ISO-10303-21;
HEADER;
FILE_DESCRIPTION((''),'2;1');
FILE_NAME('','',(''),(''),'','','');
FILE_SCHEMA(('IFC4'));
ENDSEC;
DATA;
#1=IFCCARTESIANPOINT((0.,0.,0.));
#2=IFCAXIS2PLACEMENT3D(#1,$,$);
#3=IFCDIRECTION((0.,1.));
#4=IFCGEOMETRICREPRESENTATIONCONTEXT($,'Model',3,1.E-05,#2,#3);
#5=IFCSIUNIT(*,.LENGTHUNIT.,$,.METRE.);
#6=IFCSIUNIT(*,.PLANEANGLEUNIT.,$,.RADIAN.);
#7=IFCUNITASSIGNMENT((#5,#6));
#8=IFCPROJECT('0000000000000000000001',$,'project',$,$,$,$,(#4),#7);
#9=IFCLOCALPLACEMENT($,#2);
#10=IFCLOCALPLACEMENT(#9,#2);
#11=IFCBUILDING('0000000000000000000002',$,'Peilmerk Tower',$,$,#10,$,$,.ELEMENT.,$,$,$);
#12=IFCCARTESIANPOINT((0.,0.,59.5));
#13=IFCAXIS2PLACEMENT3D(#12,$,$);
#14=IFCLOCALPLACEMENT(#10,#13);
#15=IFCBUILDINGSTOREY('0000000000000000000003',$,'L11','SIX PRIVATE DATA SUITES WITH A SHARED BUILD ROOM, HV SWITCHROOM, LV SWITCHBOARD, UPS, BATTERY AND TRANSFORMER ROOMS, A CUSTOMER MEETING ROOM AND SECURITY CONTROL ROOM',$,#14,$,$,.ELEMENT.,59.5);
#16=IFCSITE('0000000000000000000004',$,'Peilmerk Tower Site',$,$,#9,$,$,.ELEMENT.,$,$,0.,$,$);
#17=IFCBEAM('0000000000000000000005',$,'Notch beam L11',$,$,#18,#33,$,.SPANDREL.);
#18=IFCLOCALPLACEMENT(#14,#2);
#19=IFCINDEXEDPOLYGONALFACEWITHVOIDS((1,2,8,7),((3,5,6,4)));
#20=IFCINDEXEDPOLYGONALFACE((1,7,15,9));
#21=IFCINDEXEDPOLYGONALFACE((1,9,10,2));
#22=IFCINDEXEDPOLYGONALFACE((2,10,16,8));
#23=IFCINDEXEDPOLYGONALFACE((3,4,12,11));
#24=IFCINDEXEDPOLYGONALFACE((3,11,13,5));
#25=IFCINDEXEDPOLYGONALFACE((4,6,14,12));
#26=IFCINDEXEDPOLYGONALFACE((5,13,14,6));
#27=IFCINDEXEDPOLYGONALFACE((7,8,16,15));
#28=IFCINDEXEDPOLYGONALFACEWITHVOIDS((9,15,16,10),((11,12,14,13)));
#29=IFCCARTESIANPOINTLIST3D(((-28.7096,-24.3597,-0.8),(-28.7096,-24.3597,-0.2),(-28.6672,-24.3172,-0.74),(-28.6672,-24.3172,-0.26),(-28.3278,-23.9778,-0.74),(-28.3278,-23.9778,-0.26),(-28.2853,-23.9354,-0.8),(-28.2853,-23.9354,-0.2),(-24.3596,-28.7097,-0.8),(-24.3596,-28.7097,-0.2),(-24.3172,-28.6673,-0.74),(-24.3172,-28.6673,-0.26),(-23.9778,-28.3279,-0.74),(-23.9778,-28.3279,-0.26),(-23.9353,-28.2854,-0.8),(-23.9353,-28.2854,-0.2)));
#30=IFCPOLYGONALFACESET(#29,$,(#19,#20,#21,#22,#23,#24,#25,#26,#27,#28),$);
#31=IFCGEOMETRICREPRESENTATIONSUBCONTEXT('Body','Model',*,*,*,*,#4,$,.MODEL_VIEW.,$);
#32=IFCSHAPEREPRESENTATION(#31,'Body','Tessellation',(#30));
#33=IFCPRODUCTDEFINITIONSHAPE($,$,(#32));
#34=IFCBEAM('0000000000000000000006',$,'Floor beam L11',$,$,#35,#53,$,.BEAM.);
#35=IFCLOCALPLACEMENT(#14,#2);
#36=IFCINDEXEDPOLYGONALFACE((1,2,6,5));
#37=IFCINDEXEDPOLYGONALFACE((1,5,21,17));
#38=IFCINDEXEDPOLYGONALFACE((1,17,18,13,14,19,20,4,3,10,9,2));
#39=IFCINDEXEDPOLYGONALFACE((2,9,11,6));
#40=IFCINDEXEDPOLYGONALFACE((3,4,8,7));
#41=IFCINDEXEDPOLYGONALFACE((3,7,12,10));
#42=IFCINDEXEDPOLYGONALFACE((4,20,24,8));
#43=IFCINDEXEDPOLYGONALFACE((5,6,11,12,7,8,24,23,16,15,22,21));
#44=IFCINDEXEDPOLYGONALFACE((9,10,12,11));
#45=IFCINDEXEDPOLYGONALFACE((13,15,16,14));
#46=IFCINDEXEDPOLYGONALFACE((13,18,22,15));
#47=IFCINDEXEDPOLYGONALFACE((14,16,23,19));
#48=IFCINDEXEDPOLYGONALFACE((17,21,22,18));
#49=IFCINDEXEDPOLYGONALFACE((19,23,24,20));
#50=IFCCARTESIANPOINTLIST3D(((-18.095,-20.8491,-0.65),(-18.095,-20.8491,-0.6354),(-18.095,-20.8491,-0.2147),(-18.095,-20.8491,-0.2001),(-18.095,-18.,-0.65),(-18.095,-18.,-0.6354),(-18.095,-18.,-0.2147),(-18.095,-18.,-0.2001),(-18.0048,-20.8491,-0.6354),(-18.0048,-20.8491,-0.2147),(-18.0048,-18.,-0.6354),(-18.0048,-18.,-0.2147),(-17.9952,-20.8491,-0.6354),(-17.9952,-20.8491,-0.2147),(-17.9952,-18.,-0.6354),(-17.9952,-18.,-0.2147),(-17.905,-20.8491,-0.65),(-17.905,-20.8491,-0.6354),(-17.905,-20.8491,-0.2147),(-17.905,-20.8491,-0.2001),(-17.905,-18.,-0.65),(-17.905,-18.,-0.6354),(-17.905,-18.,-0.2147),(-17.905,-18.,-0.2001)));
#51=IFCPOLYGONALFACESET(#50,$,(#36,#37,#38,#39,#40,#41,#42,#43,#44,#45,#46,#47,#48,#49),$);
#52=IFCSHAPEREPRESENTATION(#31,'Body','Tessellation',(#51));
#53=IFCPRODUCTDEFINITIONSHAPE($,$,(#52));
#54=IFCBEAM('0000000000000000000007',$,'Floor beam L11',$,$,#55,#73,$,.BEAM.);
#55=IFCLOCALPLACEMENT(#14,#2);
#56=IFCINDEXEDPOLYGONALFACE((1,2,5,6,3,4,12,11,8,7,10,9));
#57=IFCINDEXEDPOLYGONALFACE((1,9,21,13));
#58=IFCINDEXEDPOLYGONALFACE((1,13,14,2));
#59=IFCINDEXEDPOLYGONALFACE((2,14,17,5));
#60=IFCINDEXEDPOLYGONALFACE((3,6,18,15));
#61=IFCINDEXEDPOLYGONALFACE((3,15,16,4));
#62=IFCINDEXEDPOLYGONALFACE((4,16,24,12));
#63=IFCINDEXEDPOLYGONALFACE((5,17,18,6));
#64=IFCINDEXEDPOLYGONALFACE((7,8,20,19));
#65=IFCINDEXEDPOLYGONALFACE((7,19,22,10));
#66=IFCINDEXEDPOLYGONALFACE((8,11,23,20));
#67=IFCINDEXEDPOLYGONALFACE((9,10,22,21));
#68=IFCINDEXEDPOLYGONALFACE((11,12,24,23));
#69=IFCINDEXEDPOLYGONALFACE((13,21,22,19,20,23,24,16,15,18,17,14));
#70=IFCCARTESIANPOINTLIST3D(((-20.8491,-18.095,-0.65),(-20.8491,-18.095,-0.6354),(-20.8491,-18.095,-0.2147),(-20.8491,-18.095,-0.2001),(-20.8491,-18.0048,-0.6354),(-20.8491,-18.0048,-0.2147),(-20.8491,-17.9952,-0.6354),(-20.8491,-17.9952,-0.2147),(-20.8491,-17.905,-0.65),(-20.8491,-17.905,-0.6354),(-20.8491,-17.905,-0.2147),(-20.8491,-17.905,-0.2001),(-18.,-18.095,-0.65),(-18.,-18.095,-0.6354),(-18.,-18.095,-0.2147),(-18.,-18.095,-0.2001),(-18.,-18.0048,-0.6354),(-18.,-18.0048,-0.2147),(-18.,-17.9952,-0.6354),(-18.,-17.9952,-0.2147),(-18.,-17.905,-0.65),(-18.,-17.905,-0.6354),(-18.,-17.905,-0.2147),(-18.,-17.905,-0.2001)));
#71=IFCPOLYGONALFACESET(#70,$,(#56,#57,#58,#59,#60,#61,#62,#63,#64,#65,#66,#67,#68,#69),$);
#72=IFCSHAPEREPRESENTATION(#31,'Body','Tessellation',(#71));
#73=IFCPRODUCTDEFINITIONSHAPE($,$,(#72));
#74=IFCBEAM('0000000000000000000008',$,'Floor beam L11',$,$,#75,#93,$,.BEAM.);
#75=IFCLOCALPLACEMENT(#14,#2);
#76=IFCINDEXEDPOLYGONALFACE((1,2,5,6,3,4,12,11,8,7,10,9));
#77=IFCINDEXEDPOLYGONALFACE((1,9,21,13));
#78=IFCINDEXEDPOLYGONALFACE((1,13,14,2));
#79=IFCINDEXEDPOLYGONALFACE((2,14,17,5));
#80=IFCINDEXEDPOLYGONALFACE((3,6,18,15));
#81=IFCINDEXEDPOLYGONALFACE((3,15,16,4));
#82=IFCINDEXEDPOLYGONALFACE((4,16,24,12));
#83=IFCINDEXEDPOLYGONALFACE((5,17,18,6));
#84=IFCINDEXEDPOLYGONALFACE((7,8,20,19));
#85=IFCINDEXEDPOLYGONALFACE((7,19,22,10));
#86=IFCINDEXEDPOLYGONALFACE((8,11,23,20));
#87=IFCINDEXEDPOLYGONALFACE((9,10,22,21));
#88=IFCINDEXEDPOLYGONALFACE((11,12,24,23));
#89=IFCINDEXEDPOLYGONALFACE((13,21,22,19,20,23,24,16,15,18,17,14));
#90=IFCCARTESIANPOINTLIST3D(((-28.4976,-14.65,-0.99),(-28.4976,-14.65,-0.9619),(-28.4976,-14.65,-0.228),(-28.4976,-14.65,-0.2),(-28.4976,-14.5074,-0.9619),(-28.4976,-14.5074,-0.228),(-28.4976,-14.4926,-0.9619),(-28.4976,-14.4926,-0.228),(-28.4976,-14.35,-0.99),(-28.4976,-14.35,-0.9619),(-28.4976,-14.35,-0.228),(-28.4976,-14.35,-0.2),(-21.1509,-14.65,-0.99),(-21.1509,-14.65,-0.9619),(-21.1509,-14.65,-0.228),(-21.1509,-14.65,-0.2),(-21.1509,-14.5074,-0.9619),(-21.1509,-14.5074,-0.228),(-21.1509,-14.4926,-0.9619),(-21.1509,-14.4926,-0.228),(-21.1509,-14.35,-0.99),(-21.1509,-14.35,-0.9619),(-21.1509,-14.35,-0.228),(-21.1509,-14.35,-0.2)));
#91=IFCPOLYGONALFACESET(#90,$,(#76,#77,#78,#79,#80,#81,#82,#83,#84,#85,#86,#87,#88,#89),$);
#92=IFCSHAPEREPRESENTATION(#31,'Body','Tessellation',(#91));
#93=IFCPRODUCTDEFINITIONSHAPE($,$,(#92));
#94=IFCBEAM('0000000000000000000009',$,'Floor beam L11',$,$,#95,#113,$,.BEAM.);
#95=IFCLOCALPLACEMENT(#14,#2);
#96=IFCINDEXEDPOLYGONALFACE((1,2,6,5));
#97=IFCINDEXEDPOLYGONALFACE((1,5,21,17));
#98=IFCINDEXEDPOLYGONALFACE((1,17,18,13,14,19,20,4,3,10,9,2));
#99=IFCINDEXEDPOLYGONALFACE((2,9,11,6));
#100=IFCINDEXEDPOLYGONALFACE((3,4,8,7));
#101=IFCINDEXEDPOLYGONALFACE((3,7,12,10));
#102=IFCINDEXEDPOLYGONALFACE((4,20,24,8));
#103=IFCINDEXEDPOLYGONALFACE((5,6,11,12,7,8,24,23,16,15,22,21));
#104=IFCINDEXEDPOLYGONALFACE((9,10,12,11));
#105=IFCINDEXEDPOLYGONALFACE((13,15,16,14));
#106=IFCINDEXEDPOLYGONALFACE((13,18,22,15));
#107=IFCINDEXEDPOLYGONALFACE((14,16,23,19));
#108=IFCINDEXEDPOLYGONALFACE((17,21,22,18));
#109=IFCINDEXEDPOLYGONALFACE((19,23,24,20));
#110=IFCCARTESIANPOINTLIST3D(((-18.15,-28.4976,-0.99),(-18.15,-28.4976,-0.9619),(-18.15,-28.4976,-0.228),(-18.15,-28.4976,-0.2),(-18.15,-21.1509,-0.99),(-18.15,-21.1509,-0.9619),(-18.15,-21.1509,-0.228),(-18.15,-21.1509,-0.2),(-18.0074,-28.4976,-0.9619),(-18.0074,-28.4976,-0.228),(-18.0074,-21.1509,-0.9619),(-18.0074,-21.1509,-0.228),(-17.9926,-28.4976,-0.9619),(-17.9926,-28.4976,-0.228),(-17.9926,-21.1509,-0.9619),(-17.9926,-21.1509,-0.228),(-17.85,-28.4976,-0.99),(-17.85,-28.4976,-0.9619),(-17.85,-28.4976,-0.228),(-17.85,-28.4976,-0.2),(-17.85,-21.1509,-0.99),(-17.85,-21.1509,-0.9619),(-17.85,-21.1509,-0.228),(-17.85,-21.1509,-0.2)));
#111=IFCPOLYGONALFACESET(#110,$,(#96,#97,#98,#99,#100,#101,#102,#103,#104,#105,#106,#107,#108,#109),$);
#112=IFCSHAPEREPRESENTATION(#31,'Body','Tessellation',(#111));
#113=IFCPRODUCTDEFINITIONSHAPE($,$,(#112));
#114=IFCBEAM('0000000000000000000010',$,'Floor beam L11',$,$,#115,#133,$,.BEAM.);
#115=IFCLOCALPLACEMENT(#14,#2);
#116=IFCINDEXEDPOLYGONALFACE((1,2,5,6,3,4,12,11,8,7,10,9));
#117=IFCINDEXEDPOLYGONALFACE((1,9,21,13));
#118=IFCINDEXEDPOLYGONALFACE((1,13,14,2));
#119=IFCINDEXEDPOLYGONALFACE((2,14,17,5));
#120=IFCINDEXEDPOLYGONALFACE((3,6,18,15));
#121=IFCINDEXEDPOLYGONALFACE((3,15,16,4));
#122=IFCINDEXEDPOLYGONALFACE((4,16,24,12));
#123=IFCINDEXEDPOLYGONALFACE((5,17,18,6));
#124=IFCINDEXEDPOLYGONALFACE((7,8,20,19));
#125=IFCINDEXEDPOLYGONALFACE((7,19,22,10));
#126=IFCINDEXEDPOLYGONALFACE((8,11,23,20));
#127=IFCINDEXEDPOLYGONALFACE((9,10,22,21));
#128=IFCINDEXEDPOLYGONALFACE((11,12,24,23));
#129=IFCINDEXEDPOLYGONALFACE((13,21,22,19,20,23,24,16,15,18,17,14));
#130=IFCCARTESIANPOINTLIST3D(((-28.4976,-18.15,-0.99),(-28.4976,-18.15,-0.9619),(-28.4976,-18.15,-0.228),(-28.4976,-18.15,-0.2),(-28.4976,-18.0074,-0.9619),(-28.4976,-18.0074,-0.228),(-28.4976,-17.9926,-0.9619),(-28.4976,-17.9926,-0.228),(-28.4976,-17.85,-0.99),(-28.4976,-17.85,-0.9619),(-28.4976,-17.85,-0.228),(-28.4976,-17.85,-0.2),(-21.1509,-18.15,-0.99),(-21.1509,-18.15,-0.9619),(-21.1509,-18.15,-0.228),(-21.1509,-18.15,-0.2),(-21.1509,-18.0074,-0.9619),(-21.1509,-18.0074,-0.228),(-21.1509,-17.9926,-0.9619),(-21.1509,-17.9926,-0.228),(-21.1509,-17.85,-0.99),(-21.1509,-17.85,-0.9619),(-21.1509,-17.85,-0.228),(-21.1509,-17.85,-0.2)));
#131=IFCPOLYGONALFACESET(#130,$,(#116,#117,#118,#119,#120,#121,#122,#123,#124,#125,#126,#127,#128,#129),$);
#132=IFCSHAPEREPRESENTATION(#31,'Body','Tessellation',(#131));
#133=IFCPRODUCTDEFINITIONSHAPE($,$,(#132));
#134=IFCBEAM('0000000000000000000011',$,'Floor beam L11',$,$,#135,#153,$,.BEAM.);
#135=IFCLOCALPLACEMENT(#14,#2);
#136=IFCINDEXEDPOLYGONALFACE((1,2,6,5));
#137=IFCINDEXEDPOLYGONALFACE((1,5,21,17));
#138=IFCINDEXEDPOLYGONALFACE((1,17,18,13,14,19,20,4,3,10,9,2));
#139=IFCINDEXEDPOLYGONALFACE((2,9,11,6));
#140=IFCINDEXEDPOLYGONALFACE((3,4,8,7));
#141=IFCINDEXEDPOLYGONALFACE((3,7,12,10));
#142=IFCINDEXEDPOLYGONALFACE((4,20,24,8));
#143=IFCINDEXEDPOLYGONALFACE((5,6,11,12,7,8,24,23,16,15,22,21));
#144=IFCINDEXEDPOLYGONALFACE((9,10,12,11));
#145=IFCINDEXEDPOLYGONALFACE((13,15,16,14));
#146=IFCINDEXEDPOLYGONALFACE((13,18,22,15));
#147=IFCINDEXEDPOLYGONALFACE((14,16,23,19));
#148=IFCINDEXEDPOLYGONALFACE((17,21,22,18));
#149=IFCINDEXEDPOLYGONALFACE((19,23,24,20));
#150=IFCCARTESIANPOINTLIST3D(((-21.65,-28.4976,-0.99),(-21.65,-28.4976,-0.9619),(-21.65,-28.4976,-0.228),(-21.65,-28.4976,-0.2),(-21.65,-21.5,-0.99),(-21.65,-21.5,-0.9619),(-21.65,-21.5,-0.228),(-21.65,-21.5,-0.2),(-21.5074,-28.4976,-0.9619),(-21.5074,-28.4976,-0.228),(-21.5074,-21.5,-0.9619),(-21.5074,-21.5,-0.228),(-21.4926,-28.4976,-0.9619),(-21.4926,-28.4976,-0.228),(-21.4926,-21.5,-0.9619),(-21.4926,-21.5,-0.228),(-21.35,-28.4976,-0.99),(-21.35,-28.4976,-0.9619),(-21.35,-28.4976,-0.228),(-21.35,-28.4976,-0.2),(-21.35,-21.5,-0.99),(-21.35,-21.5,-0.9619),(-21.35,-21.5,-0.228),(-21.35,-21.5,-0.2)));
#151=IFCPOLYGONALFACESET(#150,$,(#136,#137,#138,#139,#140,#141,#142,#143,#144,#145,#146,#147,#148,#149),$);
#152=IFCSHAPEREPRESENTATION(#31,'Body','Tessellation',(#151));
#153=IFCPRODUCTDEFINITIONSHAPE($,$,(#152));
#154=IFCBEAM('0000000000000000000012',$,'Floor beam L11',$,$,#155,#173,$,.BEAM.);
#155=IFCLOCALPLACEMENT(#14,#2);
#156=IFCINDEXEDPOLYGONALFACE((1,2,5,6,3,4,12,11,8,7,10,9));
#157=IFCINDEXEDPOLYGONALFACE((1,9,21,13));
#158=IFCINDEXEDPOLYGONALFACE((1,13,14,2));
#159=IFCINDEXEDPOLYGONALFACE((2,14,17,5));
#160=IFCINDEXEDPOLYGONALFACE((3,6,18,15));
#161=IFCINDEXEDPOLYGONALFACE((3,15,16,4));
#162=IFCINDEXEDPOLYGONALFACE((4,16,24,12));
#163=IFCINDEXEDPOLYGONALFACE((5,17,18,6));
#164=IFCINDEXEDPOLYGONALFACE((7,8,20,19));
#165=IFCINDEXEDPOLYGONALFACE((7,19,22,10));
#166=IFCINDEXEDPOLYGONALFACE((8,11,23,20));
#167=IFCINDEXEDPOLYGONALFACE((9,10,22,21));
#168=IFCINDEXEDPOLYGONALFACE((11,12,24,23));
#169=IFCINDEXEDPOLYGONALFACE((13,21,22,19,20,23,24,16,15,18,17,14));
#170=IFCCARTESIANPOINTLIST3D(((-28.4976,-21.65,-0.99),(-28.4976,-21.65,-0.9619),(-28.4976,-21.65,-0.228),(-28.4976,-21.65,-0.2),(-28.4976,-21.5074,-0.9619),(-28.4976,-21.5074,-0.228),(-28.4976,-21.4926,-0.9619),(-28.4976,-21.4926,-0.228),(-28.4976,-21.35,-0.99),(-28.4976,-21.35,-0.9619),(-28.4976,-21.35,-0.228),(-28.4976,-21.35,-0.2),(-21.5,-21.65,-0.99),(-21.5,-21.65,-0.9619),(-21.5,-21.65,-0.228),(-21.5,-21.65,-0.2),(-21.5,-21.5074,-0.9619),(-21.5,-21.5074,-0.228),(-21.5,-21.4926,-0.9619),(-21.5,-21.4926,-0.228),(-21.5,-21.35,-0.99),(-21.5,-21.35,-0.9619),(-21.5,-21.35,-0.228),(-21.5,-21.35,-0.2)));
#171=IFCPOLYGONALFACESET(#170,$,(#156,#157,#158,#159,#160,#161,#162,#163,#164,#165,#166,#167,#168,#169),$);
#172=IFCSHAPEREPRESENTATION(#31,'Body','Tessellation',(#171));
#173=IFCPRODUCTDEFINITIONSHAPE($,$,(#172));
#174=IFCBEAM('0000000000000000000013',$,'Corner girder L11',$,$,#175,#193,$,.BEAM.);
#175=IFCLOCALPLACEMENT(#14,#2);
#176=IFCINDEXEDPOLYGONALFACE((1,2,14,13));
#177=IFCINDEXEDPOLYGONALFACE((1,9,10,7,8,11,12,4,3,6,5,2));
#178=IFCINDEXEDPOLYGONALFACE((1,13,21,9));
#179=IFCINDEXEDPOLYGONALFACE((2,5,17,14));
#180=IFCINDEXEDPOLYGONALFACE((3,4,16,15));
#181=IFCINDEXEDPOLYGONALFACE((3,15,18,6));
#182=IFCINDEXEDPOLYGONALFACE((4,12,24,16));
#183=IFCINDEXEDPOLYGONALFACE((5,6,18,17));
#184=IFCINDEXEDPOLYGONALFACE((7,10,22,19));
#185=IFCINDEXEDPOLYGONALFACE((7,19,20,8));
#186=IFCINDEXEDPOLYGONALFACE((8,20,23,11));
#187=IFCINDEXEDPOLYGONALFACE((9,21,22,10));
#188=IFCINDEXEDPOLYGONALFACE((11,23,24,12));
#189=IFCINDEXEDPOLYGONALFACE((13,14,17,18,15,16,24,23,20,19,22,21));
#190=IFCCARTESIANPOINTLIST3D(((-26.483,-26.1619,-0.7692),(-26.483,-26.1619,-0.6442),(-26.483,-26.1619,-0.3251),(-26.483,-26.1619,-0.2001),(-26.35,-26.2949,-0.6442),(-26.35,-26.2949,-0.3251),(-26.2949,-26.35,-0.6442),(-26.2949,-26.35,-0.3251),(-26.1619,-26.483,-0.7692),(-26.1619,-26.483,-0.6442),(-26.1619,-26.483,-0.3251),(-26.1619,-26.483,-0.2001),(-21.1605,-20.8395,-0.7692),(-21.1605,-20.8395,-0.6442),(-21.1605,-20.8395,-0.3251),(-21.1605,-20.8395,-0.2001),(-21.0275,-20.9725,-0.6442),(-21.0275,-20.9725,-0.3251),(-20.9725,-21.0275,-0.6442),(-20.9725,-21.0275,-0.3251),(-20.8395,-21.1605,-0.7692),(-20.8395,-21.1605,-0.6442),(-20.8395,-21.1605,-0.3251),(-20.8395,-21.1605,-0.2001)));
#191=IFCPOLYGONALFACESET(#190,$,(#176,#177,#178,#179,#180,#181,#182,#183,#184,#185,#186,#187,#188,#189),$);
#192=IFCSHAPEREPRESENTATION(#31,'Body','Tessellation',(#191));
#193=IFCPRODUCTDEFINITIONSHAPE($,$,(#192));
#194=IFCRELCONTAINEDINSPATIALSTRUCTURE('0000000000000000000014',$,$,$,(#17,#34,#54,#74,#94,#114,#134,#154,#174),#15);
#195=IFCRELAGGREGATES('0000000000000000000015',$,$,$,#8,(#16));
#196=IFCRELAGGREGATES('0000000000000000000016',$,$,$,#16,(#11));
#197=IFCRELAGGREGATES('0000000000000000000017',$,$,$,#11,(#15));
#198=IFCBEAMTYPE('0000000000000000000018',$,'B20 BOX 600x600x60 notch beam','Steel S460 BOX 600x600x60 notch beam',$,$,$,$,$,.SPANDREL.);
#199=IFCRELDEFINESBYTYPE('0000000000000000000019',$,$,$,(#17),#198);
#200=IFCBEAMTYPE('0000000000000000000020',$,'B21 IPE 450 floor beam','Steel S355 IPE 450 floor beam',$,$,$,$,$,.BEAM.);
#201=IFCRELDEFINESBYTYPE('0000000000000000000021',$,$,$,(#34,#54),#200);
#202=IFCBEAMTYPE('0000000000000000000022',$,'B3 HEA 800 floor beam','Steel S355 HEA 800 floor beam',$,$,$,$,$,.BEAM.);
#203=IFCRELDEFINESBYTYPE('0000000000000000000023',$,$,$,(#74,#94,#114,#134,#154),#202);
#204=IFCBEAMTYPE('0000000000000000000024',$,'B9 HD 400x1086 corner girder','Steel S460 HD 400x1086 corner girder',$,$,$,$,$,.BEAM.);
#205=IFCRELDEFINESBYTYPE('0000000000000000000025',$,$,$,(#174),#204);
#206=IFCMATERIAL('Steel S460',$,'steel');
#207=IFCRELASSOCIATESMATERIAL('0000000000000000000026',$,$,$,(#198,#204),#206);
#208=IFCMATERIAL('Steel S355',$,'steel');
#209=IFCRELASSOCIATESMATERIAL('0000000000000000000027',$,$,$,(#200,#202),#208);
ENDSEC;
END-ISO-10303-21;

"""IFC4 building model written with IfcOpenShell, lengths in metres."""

from ifc_helpers import new_model, si_unit, direction, frame, origin, origin_2d, place, context, subcontext, project, spatial, hollow_rectangle, i_section, extrude, material, material_profile, profile_set, type_object, element, save


model = new_model("IFC4")

# Units and contexts
model_context = context("Model", 3, precision=1e-05, world=origin(), true_north=direction((0.0, 1.0)))
body_context = subcontext(model_context, "Body", "Model", "MODEL_VIEW")
ifc_project = project(units=[si_unit("LENGTHUNIT", "METRE"), si_unit("PLANEANGLEUNIT", "RADIAN")], contexts=[model_context])

# Site, building, storey
site_placement = place(None, origin())
site = spatial("IfcSite", under=ifc_project, at=site_placement, Name="Peilmerk Tower Site", CompositionType="ELEMENT", RefElevation=0.0)
building_placement = place(site_placement, origin())
building = spatial("IfcBuilding", under=site, at=building_placement, Name="Peilmerk Tower", CompositionType="ELEMENT")
storey_placement = place(building_placement, frame((0.0, 0.0, 59.5)))
storey = spatial("IfcBuildingStorey", under=building, at=storey_placement, Name="L11", Description="SIX PRIVATE DATA SUITES WITH A SHARED BUILD ROOM, HV SWITCHROOM, LV SWITCHBOARD, UPS, BATTERY AND TRANSFORMER ROOMS, A CUSTOMER MEETING ROOM AND SECURITY CONTROL ROOM", CompositionType="ELEMENT", Elevation=59.5)

# Beams
ifc_material_1 = material(Name="Steel S355", Category="steel")
ifc_material_2 = material(Name="Steel S460", Category="steel")
ifc_material_profile_1 = material_profile(ifc_material_2, hollow_rectangle(XDim=0.6001, YDim=0.6001, WallThickness=0.0601, at=origin_2d()), Name="BOX 600x600x60")
ifc_profile_set_1 = profile_set([ifc_material_profile_1], Name="Steel S460")
beam_type_1 = type_object("IfcBeamType", Name="B20 BOX 600x600x60 notch beam", Description="Steel S460 BOX 600x600x60 notch beam", PredefinedType="SPANDREL", material=ifc_profile_set_1)
beam_1_placement = place(storey_placement, frame((-24.1475, -28.4976, -0.5), z_axis=(-0.707107, 0.707107, 0.0), x_axis=(-0.707107, -0.707107, 0.0)))
element("IfcBeam", 1, at=beam_1_placement, inside=storey, type_object=beam_type_1, Name="Notch beam L11", PredefinedType="SPANDREL", context=body_context, shape_type="SweptSolid", body=[
    extrude(hollow_rectangle(XDim=0.6001, YDim=0.6001, WallThickness=0.0601, at=origin_2d()), origin(), (0.0, 0.0, 1.0), 6.1519),
])
ifc_material_profile_2 = material_profile(ifc_material_1, i_section(OverallWidth=0.1899, OverallDepth=0.45, WebThickness=0.0095, FlangeThickness=0.0146, at=origin_2d()), Name="IPE 450")
ifc_profile_set_2 = profile_set([ifc_material_profile_2], Name="Steel S355")
beam_type_2 = type_object("IfcBeamType", Name="B21 IPE 450 floor beam", Description="Steel S355 IPE 450 floor beam", PredefinedType="BEAM", material=ifc_profile_set_2)
for number, where, z_axis, x_axis, name in (
    (2, (-18.0, -18.0, -0.425), (0.0, -1.0, 0.0), (1.0, 0.0, 0.0), "Floor beam L11"),
    (3, (-18.0, -18.0, -0.425), (-1.0, 0.0, 0.0), (0.0, -1.0, 0.0), "Floor beam L11"),
):
    element("IfcBeam", number, at=place(storey_placement, frame(where, z_axis=z_axis, x_axis=x_axis)), inside=storey, type_object=beam_type_2, Name=name, PredefinedType="BEAM", context=body_context, shape_type="SweptSolid", body=[
        extrude(i_section(OverallWidth=0.1899, OverallDepth=0.45, WebThickness=0.0095, FlangeThickness=0.0146, at=origin_2d()), origin(), (0.0, 0.0, 1.0), 2.8491),
    ])
ifc_material_profile_3 = material_profile(ifc_material_1, i_section(OverallWidth=0.3, OverallDepth=0.79, WebThickness=0.0149, FlangeThickness=0.0281, at=origin_2d()), Name="HEA 800")
ifc_profile_set_3 = profile_set([ifc_material_profile_3], Name="Steel S355")
beam_type_3 = type_object("IfcBeamType", Name="B3 HEA 800 floor beam", Description="Steel S355 HEA 800 floor beam", PredefinedType="BEAM", material=ifc_profile_set_3)
for number, where, z_axis, x_axis, name in (
    (4, (-21.1509, -14.5, -0.595), (-1.0, 0.0, 0.0), (0.0, -1.0, 0.0), "Floor beam L11"),
    (5, (-18.0, -21.1509, -0.595), (0.0, -1.0, 0.0), (1.0, 0.0, 0.0), "Floor beam L11"),
    (6, (-21.1509, -18.0, -0.595), (-1.0, 0.0, 0.0), (0.0, -1.0, 0.0), "Floor beam L11"),
):
    element("IfcBeam", number, at=place(storey_placement, frame(where, z_axis=z_axis, x_axis=x_axis)), inside=storey, type_object=beam_type_3, Name=name, PredefinedType="BEAM", context=body_context, shape_type="SweptSolid", body=[
        extrude(i_section(OverallWidth=0.3, OverallDepth=0.79, WebThickness=0.0149, FlangeThickness=0.0281, at=origin_2d()), origin(), (0.0, 0.0, 1.0), 7.3467),
    ])
for number, where, z_axis, x_axis, name in (
    (7, (-21.5, -21.5, -0.595), (0.0, -1.0, 0.0), (1.0, 0.0, 0.0), "Floor beam L11"),
    (8, (-21.5, -21.5, -0.595), (-1.0, 0.0, 0.0), (0.0, -1.0, 0.0), "Floor beam L11"),
):
    element("IfcBeam", number, at=place(storey_placement, frame(where, z_axis=z_axis, x_axis=x_axis)), inside=storey, type_object=beam_type_3, Name=name, PredefinedType="BEAM", context=body_context, shape_type="SweptSolid", body=[
        extrude(i_section(OverallWidth=0.3, OverallDepth=0.79, WebThickness=0.0149, FlangeThickness=0.0281, at=origin_2d()), origin(), (0.0, 0.0, 1.0), 6.9976),
    ])
ifc_material_profile_4 = material_profile(ifc_material_2, i_section(OverallWidth=0.4541, OverallDepth=0.5691, WebThickness=0.0779, FlangeThickness=0.125, at=origin_2d()), Name="HD 400x1086")
ifc_profile_set_4 = profile_set([ifc_material_profile_4], Name="Steel S460")
beam_type_4 = type_object("IfcBeamType", Name="B9 HD 400x1086 corner girder", Description="Steel S460 HD 400x1086 corner girder", PredefinedType="BEAM", material=ifc_profile_set_4)
beam_2_placement = place(storey_placement, frame((-21.0, -21.0, -0.4846), z_axis=(-0.707107, -0.707107, 0.0), x_axis=(0.707107, -0.707107, 0.0)))
element("IfcBeam", 9, at=beam_2_placement, inside=storey, type_object=beam_type_4, Name="Corner girder L11", PredefinedType="BEAM", context=body_context, shape_type="SweptSolid", body=[
    extrude(i_section(OverallWidth=0.4541, OverallDepth=0.5691, WebThickness=0.0779, FlangeThickness=0.125, at=origin_2d()), origin(), (0.0, 0.0, 1.0), 7.5271),
])

save(model, "model.ifc")
